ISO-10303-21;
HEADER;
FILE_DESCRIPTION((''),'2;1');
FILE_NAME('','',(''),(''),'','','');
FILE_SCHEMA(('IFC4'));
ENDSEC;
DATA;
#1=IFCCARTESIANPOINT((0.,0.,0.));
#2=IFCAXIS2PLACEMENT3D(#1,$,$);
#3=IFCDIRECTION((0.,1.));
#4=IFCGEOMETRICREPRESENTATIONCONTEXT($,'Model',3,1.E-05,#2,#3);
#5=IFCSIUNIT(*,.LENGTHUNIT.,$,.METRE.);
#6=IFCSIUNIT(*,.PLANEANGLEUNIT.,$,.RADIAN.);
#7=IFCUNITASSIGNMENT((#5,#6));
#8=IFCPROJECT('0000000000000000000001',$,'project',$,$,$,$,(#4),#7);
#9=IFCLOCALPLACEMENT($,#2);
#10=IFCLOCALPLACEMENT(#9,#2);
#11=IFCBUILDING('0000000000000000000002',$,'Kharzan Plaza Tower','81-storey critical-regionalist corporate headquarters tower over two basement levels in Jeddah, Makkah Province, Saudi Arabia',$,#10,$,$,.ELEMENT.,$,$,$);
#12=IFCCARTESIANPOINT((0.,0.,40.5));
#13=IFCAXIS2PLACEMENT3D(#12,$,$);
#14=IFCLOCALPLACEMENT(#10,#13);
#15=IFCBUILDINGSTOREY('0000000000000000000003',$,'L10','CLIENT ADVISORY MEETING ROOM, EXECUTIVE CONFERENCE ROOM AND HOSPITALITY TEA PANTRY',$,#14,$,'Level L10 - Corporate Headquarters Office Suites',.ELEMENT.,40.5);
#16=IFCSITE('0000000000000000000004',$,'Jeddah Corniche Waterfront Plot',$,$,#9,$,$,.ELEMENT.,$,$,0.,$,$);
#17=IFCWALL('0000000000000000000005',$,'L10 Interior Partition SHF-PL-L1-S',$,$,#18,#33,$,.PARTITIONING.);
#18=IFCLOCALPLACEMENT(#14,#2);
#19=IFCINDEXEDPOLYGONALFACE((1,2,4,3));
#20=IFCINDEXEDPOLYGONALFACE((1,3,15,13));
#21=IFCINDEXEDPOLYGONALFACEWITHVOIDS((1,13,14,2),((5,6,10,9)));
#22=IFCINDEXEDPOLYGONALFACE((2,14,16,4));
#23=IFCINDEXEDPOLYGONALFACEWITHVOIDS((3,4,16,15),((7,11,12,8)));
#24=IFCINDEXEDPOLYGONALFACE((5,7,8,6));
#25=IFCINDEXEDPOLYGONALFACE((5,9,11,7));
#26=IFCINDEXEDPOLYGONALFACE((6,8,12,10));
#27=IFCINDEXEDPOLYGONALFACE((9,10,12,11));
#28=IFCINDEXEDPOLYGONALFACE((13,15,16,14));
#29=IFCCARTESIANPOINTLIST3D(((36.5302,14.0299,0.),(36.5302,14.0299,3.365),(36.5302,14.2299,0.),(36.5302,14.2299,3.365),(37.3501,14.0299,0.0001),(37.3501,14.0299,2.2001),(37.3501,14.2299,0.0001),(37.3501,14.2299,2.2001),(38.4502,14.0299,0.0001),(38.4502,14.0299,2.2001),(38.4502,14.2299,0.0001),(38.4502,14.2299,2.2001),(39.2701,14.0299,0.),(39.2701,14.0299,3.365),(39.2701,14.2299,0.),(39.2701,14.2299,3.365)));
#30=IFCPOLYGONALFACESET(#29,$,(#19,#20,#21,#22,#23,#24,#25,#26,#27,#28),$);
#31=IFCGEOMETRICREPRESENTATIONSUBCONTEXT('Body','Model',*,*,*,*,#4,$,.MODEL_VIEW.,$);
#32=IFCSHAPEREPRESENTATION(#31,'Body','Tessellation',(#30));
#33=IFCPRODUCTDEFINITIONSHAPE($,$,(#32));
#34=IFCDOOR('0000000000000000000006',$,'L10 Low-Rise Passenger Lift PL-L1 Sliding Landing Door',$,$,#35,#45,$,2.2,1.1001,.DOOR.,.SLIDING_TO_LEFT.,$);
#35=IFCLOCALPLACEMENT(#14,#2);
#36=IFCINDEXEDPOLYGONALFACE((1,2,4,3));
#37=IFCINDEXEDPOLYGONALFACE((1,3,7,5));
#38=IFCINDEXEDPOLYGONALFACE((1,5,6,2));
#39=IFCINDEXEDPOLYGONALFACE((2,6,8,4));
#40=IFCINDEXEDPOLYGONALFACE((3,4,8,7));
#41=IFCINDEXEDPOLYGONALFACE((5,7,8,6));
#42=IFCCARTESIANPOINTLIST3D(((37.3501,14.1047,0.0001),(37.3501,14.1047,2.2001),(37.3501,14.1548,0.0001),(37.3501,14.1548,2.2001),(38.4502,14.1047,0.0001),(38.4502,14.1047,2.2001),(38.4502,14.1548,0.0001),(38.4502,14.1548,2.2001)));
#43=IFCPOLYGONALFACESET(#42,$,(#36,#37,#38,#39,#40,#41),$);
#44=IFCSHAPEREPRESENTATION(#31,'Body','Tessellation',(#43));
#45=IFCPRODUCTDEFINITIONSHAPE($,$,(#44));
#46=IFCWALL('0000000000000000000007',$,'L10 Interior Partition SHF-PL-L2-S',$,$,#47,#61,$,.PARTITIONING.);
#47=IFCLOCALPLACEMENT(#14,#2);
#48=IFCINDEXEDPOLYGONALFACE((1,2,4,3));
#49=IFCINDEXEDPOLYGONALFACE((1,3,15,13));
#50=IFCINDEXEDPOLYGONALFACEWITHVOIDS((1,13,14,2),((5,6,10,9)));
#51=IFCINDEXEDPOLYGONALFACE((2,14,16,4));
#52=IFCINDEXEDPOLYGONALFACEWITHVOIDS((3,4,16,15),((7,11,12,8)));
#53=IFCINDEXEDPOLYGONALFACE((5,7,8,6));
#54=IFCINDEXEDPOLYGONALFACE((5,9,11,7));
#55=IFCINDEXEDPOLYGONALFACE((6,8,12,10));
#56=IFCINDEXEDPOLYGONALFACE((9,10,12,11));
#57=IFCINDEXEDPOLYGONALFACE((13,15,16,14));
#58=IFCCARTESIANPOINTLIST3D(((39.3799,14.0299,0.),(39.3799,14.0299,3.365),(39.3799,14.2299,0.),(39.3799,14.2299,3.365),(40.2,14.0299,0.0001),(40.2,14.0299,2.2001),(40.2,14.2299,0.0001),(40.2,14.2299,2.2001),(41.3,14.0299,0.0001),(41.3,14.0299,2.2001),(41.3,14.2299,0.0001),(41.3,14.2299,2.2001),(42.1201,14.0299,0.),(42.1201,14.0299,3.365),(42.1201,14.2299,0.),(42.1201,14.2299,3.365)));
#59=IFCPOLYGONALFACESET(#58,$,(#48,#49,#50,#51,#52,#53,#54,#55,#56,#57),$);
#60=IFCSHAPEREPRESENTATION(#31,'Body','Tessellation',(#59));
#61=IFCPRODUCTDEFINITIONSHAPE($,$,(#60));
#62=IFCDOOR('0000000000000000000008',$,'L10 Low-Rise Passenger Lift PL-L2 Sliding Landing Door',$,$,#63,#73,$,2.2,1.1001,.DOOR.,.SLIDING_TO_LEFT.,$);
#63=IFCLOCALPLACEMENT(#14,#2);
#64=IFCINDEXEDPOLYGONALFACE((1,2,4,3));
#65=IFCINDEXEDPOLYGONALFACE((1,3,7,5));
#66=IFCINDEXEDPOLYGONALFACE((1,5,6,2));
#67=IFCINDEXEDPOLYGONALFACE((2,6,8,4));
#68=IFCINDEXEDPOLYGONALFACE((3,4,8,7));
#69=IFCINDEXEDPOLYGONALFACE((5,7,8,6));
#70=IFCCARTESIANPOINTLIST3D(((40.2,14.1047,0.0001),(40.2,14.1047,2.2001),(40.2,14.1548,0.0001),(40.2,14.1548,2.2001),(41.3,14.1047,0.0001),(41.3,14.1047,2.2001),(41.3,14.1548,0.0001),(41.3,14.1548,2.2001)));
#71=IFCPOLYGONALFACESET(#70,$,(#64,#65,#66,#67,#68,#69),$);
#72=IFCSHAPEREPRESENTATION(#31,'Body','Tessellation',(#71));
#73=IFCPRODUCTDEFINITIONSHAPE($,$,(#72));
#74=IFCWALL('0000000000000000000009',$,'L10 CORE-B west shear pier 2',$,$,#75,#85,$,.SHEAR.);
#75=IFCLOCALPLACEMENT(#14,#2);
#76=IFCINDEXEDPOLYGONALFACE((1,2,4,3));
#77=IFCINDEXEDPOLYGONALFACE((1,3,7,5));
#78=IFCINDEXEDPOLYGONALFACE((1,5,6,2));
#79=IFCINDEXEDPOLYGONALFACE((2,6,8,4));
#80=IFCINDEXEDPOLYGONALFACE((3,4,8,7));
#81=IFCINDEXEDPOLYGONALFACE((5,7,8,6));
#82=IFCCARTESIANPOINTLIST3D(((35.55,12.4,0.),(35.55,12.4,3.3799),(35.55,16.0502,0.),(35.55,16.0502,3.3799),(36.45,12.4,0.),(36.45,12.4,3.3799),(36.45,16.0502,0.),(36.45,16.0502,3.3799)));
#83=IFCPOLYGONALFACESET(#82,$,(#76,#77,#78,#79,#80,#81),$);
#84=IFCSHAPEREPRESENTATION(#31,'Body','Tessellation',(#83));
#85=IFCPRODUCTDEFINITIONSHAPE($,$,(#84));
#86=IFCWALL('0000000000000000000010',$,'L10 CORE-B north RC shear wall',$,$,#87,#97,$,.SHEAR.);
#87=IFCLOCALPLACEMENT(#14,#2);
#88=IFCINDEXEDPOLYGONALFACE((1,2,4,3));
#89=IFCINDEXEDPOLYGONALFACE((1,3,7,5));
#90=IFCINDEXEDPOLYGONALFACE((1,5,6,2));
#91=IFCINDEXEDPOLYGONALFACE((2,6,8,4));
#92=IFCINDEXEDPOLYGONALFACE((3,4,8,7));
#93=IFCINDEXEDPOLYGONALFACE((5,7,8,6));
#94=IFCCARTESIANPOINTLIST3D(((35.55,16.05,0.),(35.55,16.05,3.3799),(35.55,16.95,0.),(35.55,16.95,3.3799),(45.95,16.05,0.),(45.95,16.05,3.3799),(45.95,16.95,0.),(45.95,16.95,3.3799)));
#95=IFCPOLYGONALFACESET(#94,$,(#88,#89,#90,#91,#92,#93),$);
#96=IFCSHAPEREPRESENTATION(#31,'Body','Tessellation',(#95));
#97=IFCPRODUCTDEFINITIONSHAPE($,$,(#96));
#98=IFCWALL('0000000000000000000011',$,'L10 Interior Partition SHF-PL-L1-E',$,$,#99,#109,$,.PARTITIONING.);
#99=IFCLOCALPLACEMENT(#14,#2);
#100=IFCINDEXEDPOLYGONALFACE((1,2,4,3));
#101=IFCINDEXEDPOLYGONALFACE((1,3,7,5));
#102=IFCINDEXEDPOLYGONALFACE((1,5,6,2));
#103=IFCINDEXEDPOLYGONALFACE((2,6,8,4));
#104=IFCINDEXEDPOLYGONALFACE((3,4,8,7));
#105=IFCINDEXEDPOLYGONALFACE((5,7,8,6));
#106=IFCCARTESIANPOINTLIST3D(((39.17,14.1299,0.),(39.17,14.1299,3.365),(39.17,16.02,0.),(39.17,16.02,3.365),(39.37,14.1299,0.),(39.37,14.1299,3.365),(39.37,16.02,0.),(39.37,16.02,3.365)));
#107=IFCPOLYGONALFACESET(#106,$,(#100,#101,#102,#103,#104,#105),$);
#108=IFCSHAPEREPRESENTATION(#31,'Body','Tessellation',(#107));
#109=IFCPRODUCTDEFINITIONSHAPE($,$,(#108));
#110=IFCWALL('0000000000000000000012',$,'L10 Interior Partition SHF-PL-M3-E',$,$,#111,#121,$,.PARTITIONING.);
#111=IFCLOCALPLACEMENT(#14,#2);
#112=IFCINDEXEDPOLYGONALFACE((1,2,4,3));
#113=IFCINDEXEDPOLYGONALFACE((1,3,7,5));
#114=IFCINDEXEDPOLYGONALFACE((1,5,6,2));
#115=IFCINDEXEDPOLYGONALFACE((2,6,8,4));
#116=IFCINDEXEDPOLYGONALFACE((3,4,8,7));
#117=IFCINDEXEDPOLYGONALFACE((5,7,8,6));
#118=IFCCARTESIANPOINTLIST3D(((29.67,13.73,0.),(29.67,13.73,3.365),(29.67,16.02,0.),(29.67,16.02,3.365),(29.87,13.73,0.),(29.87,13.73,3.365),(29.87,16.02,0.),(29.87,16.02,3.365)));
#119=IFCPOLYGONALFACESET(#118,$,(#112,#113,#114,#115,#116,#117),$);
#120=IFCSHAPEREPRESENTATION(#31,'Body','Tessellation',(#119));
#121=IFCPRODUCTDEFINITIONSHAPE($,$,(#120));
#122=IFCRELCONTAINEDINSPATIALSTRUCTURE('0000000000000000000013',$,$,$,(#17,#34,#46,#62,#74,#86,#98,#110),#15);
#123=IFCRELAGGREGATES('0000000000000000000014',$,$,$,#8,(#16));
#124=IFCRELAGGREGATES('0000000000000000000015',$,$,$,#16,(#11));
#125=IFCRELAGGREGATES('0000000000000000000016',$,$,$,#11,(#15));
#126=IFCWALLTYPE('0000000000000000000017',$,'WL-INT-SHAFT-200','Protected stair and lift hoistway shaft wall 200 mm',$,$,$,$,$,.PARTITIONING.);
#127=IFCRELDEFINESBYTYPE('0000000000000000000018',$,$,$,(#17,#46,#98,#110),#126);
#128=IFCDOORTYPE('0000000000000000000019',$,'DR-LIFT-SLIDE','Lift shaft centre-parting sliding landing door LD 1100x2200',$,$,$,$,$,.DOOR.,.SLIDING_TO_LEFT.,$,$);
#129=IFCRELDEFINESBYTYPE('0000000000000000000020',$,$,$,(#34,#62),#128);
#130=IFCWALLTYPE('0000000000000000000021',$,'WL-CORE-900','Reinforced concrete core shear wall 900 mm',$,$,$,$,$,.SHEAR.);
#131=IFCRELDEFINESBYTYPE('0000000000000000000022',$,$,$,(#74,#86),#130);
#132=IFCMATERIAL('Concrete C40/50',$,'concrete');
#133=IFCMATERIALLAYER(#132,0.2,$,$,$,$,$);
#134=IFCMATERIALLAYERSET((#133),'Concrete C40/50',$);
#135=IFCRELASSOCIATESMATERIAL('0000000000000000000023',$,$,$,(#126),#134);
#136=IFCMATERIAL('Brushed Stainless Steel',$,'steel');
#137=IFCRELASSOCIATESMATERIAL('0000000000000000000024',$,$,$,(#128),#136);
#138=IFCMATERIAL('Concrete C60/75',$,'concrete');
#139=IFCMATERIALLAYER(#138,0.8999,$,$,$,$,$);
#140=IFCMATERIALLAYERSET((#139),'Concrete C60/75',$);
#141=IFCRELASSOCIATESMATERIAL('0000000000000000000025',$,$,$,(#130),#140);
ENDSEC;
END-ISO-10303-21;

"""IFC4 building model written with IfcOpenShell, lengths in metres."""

from ifc_helpers import new_model, si_unit, direction, frame, frame_2d, origin, place, context, subcontext, project, spatial, rectangle, extrude, source, transform, mapped, material, layer, layer_set, type_object, element, fill, save


model = new_model("IFC4")

# Units and contexts
model_context = context("Model", 3, precision=1e-05, world=origin(), true_north=direction((0.0, 1.0)))
body_context = subcontext(model_context, "Body", "Model", "MODEL_VIEW")
ifc_project = project(units=[si_unit("LENGTHUNIT", "METRE"), si_unit("PLANEANGLEUNIT", "RADIAN")], contexts=[model_context])

# Site, building, storey
site_placement = place(None, origin())
site = spatial("IfcSite", under=ifc_project, at=site_placement, Name="Jeddah Corniche Waterfront Plot", CompositionType="ELEMENT", RefElevation=0.0)
building_placement = place(site_placement, origin())
building = spatial("IfcBuilding", under=site, at=building_placement, Name="Kharzan Plaza Tower", Description="81-storey critical-regionalist corporate headquarters tower over two basement levels in Jeddah, Makkah Province, Saudi Arabia", CompositionType="ELEMENT")
storey_placement = place(building_placement, frame((0.0, 0.0, 40.5)))
storey = spatial("IfcBuildingStorey", under=building, at=storey_placement, Name="L10", Description="CLIENT ADVISORY MEETING ROOM, EXECUTIVE CONFERENCE ROOM AND HOSPITALITY TEA PANTRY", LongName="Level L10 - Corporate Headquarters Office Suites", CompositionType="ELEMENT", Elevation=40.5)

# Shared definitions
ifc_material_1 = material(Name="Concrete C60/75", Category="concrete")

# Walls, openings, doors
ifc_material_2 = material(Name="Concrete C40/50", Category="concrete")
ifc_layer_1 = layer(ifc_material_2, 0.2)
ifc_layer_set_1 = layer_set([ifc_layer_1], Name="Concrete C40/50")
wall_type_1 = type_object("IfcWallType", Name="WL-INT-SHAFT-200", Description="Protected stair and lift hoistway shaft wall 200 mm", PredefinedType="PARTITIONING", material=ifc_layer_set_1)
wall_1_placement = place(storey_placement, frame((36.53, 14.1299, 0.0), z_axis=(0.0, 0.0, 1.0), x_axis=(1.0, 0.0, 0.0)))
wall_1 = element("IfcWall", 1, at=wall_1_placement, inside=storey, type_object=wall_type_1, Name="L10 Interior Partition SHF-PL-L1-S", PredefinedType="PARTITIONING", context=body_context, shape_type="SweptSolid", body=[
    extrude(rectangle(XDim=2.74, YDim=0.2, at=frame_2d((1.3701, 0.0))), origin(), (0.0, 0.0, 1.0), 3.365),
])
opening_1_placement = place(wall_1_placement, frame((0.8201, 0.0, 0.0)))
opening_1 = element("IfcOpeningElement", 2, at=opening_1_placement, cuts=wall_1, PredefinedType="OPENING", context=body_context, shape_type="SweptSolid", body=[
    extrude(rectangle(XDim=1.1001, YDim=2.2, at=frame_2d((0.55, 1.1001))), frame((0.0, 0.1099, 0.0), z_axis=(0.0, -1.0, 0.0), x_axis=(1.0, 0.0, 0.0)), (0.0, 0.0, 1.0), 0.22),
])
ifc_material_3 = material(Name="Brushed Stainless Steel", Category="steel")
door_type_1 = type_object("IfcDoorType", Name="DR-LIFT-SLIDE", Description="Lift shaft centre-parting sliding landing door LD 1100x2200", OperationType="SLIDING_TO_LEFT", PredefinedType="DOOR", material=ifc_material_3)
shared_shape_1 = source(origin(), body_context, "Body", "SweptSolid", [
    extrude(rectangle(XDim=1.1001, YDim=2.2, at=frame_2d((0.55, 1.1001))), frame((0.0, 0.0249, 0.0), z_axis=(0.0, -1.0, 0.0), x_axis=(1.0, 0.0, 0.0)), (0.0, 0.0, 1.0), 0.05),
])
door_1_placement = place(opening_1_placement, origin())
door_1 = element("IfcDoor", 3, at=door_1_placement, inside=storey, type_object=door_type_1, Name="L10 Low-Rise Passenger Lift PL-L1 Sliding Landing Door", OperationType="SLIDING_TO_LEFT", OverallHeight=2.2, OverallWidth=1.1001, PredefinedType="DOOR", context=body_context, shape_type="MappedRepresentation", body=[
    mapped(shared_shape_1, transform((0.0, 0.0, 0.0), x_axis=(1.0, 0.0, 0.0), y_axis=(0.0, 1.0, 0.0), z_axis=(0.0, 0.0, 1.0))),
])
fill(opening_1, door_1)
wall_2_placement = place(storey_placement, frame((39.3799, 14.1299, 0.0), z_axis=(0.0, 0.0, 1.0), x_axis=(1.0, 0.0, 0.0)))
wall_2 = element("IfcWall", 4, at=wall_2_placement, inside=storey, type_object=wall_type_1, Name="L10 Interior Partition SHF-PL-L2-S", PredefinedType="PARTITIONING", context=body_context, shape_type="SweptSolid", body=[
    extrude(rectangle(XDim=2.7402, YDim=0.2, at=frame_2d((1.3701, 0.0))), origin(), (0.0, 0.0, 1.0), 3.365),
])
opening_2_placement = place(wall_2_placement, frame((0.8201, 0.0, 0.0)))
opening_2 = element("IfcOpeningElement", 5, at=opening_2_placement, cuts=wall_2, PredefinedType="OPENING", context=body_context, shape_type="SweptSolid", body=[
    extrude(rectangle(XDim=1.1001, YDim=2.2, at=frame_2d((0.55, 1.1001))), frame((0.0, 0.1099, 0.0), z_axis=(0.0, -1.0, 0.0), x_axis=(1.0, 0.0, 0.0)), (0.0, 0.0, 1.0), 0.22),
])
door_2_placement = place(opening_2_placement, origin())
door_2 = element("IfcDoor", 6, at=door_2_placement, inside=storey, type_object=door_type_1, Name="L10 Low-Rise Passenger Lift PL-L2 Sliding Landing Door", OperationType="SLIDING_TO_LEFT", OverallHeight=2.2, OverallWidth=1.1001, PredefinedType="DOOR", context=body_context, shape_type="MappedRepresentation", body=[
    mapped(shared_shape_1, transform((0.0, 0.0, 0.0), x_axis=(1.0, 0.0, 0.0), y_axis=(0.0, 1.0, 0.0), z_axis=(0.0, 0.0, 1.0))),
])
fill(opening_2, door_2)

# Walls
ifc_layer_2 = layer(ifc_material_1, 0.8999)
ifc_layer_set_2 = layer_set([ifc_layer_2], Name="Concrete C60/75")
wall_type_2 = type_object("IfcWallType", Name="WL-CORE-900", Description="Reinforced concrete core shear wall 900 mm", PredefinedType="SHEAR", material=ifc_layer_set_2)
shared_shape_2 = source(origin(), body_context, "Body", "SweptSolid", [
    extrude(rectangle(XDim=3.6501, YDim=0.8999, at=frame_2d((1.8252, 0.0))), origin(), (0.0, 0.0, 1.0), 3.3799),
])
wall_3_placement = place(storey_placement, frame((36.0, 12.3999, 0.0), z_axis=(0.0, 0.0, 1.0), x_axis=(0.0, 1.0, 0.0)))
element("IfcWall", 7, at=wall_3_placement, inside=storey, type_object=wall_type_2, Name="L10 CORE-B west shear pier 2", PredefinedType="SHEAR", context=body_context, shape_type="MappedRepresentation", body=[
    mapped(shared_shape_2, transform((0.0, 0.0, 0.0), x_axis=(1.0, 0.0, 0.0), y_axis=(0.0, 1.0, 0.0), z_axis=(0.0, 0.0, 1.0))),
])
shared_shape_3 = source(origin(), body_context, "Body", "SweptSolid", [
    extrude(rectangle(XDim=10.3999, YDim=0.8999, at=frame_2d((5.2, 0.0))), origin(), (0.0, 0.0, 1.0), 3.3799),
])
wall_4_placement = place(storey_placement, frame((35.55, 16.5, 0.0), z_axis=(0.0, 0.0, 1.0), x_axis=(1.0, 0.0, 0.0)))
element("IfcWall", 8, at=wall_4_placement, inside=storey, type_object=wall_type_2, Name="L10 CORE-B north RC shear wall", PredefinedType="SHEAR", context=body_context, shape_type="MappedRepresentation", body=[
    mapped(shared_shape_3, transform((0.0, 0.0, 0.0), x_axis=(1.0, 0.0, 0.0), y_axis=(0.0, 1.0, 0.0), z_axis=(0.0, 0.0, 1.0))),
])
shared_shape_4 = source(origin(), body_context, "Body", "SweptSolid", [
    extrude(rectangle(XDim=1.8901, YDim=0.2, at=frame_2d((0.9451, 0.0))), origin(), (0.0, 0.0, 1.0), 3.365),
])
wall_5_placement = place(storey_placement, frame((39.27, 14.1299, 0.0), z_axis=(0.0, 0.0, 1.0), x_axis=(0.0, 1.0, 0.0)))
element("IfcWall", 9, at=wall_5_placement, inside=storey, type_object=wall_type_1, Name="L10 Interior Partition SHF-PL-L1-E", PredefinedType="PARTITIONING", context=body_context, shape_type="MappedRepresentation", body=[
    mapped(shared_shape_4, transform((0.0, 0.0, 0.0), x_axis=(1.0, 0.0, 0.0), y_axis=(0.0, 1.0, 0.0), z_axis=(0.0, 0.0, 1.0))),
])
shared_shape_5 = source(origin(), body_context, "Body", "SweptSolid", [
    extrude(rectangle(XDim=2.29, YDim=0.2, at=frame_2d((1.145, 0.0))), origin(), (0.0, 0.0, 1.0), 3.365),
])
wall_6_placement = place(storey_placement, frame((29.77, 13.73, 0.0), z_axis=(0.0, 0.0, 1.0), x_axis=(0.0, 1.0, 0.0)))
element("IfcWall", 10, at=wall_6_placement, inside=storey, type_object=wall_type_1, Name="L10 Interior Partition SHF-PL-M3-E", PredefinedType="PARTITIONING", context=body_context, shape_type="MappedRepresentation", body=[
    mapped(shared_shape_5, transform((0.0, 0.0, 0.0), x_axis=(1.0, 0.0, 0.0), y_axis=(0.0, 1.0, 0.0), z_axis=(0.0, 0.0, 1.0))),
])

save(model, "model.ifc")
